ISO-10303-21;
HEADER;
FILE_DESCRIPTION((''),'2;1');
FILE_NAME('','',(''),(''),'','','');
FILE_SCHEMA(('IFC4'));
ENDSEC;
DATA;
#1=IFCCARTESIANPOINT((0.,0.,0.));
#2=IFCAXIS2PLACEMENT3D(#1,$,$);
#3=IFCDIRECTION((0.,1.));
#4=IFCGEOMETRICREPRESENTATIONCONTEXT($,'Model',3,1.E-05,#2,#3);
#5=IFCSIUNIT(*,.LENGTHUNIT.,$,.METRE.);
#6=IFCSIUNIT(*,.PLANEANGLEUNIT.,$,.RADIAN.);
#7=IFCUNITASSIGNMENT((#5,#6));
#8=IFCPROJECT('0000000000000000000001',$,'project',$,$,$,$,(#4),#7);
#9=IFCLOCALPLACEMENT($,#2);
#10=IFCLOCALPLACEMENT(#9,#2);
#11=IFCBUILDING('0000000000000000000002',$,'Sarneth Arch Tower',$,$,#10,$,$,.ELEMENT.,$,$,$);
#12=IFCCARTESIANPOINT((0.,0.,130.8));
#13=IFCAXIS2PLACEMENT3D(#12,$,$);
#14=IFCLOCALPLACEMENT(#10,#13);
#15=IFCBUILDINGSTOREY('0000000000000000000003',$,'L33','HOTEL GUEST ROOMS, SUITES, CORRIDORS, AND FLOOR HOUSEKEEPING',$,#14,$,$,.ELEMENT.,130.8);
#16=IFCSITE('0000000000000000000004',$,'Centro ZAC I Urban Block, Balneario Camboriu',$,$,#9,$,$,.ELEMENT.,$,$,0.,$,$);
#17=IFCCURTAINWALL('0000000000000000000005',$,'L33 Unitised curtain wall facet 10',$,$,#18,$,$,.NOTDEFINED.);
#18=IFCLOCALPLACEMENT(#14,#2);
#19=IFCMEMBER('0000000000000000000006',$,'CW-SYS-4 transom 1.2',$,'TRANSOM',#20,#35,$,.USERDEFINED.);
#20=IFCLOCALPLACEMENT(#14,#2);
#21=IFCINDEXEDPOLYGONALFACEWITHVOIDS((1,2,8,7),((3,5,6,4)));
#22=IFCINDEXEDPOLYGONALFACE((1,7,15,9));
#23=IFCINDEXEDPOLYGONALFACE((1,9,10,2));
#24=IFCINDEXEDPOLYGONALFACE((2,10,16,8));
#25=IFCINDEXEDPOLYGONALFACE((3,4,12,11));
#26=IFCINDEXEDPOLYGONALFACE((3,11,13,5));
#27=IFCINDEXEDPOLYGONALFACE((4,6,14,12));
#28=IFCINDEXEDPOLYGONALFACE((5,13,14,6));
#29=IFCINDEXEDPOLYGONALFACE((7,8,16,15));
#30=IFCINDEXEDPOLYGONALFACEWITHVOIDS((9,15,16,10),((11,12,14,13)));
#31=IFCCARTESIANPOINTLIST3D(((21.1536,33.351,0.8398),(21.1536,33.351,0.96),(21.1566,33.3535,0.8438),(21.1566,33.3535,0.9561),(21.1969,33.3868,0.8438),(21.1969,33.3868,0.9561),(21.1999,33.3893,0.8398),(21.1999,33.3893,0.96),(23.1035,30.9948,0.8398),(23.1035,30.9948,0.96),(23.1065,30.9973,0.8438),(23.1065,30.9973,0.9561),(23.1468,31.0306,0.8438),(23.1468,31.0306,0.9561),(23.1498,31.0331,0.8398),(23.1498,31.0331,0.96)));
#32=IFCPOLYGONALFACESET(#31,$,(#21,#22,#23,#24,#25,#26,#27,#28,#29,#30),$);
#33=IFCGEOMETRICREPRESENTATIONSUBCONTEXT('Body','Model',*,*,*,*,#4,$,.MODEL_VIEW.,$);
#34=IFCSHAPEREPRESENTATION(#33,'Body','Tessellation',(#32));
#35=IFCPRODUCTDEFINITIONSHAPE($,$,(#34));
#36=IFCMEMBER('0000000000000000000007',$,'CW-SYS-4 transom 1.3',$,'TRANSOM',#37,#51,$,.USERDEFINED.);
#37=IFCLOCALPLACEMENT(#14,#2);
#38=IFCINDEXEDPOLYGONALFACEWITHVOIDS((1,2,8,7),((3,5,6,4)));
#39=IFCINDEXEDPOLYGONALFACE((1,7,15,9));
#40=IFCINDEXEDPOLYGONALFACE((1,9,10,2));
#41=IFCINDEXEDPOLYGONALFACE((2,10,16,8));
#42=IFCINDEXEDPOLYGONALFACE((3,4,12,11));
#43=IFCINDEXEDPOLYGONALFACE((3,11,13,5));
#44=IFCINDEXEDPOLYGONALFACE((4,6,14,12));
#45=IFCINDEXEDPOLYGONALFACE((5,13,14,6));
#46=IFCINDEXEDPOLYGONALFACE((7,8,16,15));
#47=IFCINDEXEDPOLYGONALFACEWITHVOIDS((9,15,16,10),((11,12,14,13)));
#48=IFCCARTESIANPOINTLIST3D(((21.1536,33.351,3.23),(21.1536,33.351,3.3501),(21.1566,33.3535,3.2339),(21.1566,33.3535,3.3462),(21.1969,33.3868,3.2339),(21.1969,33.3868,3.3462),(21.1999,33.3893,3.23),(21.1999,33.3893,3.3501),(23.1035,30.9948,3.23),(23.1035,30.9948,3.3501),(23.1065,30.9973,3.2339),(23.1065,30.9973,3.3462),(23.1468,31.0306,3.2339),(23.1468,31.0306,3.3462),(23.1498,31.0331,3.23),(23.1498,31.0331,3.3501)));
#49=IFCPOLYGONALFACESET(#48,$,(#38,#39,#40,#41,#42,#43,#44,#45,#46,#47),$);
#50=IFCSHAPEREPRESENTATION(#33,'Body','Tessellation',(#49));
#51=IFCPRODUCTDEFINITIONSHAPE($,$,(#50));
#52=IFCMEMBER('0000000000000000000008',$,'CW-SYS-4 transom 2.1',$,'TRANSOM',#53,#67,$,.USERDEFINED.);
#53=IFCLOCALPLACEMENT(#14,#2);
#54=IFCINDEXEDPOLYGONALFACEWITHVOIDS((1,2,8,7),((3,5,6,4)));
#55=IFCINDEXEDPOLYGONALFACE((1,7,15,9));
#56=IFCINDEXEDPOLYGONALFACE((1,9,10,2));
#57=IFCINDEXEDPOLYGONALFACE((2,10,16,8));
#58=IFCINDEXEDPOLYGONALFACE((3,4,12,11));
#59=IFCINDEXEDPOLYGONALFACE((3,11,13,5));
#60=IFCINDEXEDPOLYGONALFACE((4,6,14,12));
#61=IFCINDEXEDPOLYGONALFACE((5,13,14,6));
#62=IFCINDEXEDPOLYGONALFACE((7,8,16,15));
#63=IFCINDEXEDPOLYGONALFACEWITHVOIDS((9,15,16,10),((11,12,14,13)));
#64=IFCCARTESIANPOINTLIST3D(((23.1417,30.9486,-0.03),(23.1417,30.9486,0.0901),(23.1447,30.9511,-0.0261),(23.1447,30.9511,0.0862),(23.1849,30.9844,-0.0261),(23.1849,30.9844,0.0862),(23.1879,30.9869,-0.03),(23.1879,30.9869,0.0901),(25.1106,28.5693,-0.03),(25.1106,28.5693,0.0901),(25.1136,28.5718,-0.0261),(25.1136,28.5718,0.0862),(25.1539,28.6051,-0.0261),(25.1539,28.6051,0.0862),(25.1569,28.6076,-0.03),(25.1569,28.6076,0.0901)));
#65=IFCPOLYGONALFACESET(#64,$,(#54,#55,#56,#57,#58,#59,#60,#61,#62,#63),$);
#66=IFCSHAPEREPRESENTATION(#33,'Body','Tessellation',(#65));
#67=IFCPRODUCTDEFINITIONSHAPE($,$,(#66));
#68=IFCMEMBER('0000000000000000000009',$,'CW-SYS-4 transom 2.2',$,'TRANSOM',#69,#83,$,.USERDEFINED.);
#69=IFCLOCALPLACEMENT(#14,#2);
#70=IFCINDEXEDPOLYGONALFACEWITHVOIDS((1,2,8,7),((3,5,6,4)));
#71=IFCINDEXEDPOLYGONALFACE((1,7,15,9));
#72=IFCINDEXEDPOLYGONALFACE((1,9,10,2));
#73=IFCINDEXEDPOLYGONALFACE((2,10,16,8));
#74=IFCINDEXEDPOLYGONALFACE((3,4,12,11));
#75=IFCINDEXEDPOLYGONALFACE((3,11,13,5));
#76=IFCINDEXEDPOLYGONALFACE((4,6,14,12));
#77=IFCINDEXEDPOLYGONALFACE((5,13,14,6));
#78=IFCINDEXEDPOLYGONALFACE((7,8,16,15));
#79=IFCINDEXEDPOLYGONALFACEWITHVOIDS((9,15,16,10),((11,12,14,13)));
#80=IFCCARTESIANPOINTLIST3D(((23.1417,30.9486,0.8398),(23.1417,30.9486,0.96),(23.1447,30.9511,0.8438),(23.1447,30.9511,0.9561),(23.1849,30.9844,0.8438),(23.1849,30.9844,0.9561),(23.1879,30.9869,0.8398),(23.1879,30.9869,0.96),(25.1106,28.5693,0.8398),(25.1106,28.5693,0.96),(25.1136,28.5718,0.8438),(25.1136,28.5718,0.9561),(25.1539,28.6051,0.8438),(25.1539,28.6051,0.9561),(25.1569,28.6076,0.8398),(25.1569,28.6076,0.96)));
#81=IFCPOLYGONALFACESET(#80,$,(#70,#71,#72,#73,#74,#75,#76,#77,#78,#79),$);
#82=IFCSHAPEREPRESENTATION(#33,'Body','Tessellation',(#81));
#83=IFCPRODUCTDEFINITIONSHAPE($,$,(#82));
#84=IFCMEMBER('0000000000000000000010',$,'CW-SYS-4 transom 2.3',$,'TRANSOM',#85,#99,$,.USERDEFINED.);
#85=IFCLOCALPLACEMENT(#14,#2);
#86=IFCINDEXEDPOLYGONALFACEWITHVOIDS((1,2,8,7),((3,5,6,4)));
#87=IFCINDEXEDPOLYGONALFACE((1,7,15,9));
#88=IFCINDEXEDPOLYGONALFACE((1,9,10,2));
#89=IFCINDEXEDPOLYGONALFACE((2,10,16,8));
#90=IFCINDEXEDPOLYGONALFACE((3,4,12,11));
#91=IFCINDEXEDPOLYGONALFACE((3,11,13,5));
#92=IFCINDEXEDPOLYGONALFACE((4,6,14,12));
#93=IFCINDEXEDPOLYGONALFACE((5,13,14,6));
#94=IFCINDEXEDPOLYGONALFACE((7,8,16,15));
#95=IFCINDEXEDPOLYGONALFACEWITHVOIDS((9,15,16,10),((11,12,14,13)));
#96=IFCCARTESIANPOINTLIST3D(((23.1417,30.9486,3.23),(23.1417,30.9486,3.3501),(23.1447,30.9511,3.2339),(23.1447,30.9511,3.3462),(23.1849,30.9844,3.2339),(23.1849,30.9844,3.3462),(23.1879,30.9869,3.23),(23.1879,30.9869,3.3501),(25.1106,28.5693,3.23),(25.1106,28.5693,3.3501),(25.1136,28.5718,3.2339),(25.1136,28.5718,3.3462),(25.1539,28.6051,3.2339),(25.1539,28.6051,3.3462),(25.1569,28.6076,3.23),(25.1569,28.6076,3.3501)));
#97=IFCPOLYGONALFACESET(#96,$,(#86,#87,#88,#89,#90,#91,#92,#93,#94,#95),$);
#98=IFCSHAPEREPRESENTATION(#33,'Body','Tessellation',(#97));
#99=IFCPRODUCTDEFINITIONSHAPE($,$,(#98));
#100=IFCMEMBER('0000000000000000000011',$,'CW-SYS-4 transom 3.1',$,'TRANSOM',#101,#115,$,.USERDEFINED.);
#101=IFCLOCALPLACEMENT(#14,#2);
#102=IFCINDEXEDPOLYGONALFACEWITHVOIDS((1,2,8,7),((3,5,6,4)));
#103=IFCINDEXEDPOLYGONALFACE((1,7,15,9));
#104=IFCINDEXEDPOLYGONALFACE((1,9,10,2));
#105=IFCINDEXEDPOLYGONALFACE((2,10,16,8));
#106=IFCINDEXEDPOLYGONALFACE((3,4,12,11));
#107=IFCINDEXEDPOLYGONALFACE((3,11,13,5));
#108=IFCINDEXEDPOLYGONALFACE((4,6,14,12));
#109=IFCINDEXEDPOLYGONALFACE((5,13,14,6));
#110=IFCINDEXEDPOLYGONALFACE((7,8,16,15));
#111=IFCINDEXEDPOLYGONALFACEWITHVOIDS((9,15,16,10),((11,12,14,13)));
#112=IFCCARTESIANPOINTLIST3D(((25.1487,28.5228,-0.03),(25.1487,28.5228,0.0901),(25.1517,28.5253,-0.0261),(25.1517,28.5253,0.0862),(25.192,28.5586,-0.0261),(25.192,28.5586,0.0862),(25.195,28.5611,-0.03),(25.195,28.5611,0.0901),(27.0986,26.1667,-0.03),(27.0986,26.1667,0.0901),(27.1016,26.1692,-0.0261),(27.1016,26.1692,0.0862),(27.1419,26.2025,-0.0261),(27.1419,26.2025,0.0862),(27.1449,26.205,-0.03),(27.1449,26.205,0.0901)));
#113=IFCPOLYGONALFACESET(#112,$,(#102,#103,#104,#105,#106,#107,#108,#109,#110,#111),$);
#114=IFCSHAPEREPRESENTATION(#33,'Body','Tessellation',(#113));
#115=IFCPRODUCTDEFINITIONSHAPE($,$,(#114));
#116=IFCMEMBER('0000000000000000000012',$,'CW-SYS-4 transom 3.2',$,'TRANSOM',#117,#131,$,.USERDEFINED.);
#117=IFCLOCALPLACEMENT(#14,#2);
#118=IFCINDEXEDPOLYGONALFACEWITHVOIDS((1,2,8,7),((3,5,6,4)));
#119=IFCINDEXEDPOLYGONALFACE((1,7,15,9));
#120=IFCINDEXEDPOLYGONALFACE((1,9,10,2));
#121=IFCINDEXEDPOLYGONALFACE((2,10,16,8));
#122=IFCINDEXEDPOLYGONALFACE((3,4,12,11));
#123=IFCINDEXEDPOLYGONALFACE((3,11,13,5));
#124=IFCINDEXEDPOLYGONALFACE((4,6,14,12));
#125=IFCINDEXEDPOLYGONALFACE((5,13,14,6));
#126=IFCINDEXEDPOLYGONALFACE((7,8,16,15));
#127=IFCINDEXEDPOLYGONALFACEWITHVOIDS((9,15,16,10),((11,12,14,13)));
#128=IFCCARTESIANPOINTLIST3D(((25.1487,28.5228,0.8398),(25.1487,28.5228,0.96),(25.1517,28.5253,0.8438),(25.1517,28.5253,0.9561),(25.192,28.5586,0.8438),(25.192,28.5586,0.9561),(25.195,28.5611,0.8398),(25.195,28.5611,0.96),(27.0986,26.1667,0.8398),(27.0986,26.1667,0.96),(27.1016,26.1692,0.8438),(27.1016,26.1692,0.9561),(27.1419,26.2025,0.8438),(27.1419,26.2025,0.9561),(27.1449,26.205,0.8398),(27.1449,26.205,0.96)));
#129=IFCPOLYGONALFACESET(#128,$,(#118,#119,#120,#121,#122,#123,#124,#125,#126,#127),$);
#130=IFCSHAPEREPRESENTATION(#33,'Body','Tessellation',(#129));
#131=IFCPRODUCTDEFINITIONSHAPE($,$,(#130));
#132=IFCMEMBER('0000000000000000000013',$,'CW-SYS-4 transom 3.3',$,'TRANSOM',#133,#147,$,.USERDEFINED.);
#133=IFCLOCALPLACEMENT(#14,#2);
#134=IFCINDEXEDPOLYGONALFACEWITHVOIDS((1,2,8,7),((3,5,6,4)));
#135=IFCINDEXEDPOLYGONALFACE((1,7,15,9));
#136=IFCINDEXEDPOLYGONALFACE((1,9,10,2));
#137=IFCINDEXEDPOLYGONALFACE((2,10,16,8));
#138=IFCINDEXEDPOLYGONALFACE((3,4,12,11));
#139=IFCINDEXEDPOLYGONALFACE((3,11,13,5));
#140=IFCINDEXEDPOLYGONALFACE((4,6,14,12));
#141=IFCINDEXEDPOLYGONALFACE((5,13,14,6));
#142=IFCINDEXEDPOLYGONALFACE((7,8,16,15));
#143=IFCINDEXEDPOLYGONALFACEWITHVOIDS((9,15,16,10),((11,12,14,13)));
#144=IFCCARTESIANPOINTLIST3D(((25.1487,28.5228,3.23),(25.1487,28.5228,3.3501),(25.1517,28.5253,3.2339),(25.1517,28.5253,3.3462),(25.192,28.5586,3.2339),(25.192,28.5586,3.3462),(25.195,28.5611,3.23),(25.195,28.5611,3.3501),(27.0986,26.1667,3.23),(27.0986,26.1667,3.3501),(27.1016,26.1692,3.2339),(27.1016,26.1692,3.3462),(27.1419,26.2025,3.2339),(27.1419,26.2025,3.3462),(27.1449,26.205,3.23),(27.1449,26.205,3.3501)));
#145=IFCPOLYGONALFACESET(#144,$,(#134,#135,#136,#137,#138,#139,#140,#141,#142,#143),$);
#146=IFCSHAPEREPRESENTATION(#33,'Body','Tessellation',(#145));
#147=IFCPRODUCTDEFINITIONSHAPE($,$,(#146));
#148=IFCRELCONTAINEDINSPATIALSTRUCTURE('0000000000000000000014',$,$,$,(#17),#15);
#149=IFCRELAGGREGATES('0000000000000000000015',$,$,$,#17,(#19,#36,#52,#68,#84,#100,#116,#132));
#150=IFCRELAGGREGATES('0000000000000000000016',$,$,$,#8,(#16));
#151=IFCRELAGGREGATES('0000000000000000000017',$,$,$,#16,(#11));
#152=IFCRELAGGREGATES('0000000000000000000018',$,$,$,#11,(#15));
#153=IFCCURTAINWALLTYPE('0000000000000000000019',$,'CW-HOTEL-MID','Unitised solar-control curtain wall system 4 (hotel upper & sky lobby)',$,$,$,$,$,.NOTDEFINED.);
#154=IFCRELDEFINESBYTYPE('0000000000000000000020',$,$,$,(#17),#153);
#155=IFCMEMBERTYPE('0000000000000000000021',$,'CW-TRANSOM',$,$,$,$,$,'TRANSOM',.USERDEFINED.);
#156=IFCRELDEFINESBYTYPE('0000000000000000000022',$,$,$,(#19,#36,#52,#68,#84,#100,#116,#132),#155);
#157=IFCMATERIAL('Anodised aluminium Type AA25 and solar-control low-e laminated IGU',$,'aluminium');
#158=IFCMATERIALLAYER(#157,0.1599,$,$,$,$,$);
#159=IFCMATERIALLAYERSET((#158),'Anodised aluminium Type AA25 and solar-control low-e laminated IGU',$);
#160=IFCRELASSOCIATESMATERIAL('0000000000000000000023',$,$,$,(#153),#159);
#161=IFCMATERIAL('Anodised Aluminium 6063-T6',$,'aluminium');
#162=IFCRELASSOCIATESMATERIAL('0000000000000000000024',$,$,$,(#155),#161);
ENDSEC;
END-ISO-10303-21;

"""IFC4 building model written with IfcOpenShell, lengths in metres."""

from ifc_helpers import new_model, si_unit, direction, frame, origin, origin_2d, place, context, subcontext, project, spatial, hollow_rectangle, extrude, material, layer, layer_set, material_profile, profile_set, type_object, element, aggregate, save


model = new_model("IFC4")

# Units and contexts
model_context = context("Model", 3, precision=1e-05, world=origin(), true_north=direction((0.0, 1.0)))
body_context = subcontext(model_context, "Body", "Model", "MODEL_VIEW")
ifc_project = project(units=[si_unit("LENGTHUNIT", "METRE"), si_unit("PLANEANGLEUNIT", "RADIAN")], contexts=[model_context])

# Site, building, storey
site_placement = place(None, origin())
site = spatial("IfcSite", under=ifc_project, at=site_placement, Name="Centro ZAC I Urban Block, Balneario Camboriu", CompositionType="ELEMENT", RefElevation=0.0)
building_placement = place(site_placement, origin())
building = spatial("IfcBuilding", under=site, at=building_placement, Name="Sarneth Arch Tower", CompositionType="ELEMENT")
storey_placement = place(building_placement, frame((0.0, 0.0, 130.8)))
storey = spatial("IfcBuildingStorey", under=building, at=storey_placement, Name="L33", Description="HOTEL GUEST ROOMS, SUITES, CORRIDORS, AND FLOOR HOUSEKEEPING", CompositionType="ELEMENT", Elevation=130.8)

# Curtain wall, members
ifc_material_1 = material(Name="Anodised aluminium Type AA25 and solar-control low-e laminated IGU", Category="aluminium")
ifc_layer_1 = layer(ifc_material_1, 0.1599)
ifc_layer_set_1 = layer_set([ifc_layer_1], Name="Anodised aluminium Type AA25 and solar-control low-e laminated IGU")
curtain_wall_type = type_object("IfcCurtainWallType", Name="CW-HOTEL-MID", Description="Unitised solar-control curtain wall system 4 (hotel upper & sky lobby)", PredefinedType="NOTDEFINED", material=ifc_layer_set_1)
curtain_wall_placement = place(storey_placement, origin())
curtain_wall = element("IfcCurtainWall", 1, at=curtain_wall_placement, inside=storey, type_object=curtain_wall_type, Name="L33 Unitised curtain wall facet 10", PredefinedType="NOTDEFINED")
ifc_material_2 = material(Name="Anodised Aluminium 6063-T6", Category="aluminium")
ifc_material_profile_1 = material_profile(ifc_material_2, hollow_rectangle(XDim=0.0601, YDim=0.1201, WallThickness=0.0039, at=origin_2d()), Name="AL-TRAN-120x60x4")
ifc_profile_set_1 = profile_set([ifc_material_profile_1], Name="Anodised Aluminium 6063-T6")
member_type_1 = type_object("IfcMemberType", Name="CW-TRANSOM", ElementType="TRANSOM", PredefinedType="USERDEFINED", material=ifc_profile_set_1)
member_1_placement = place(storey_placement, frame((21.1768, 33.3701, 0.8999), z_axis=(0.637566, -0.770396, 0.0), x_axis=(0.770396, 0.637566, 0.0)))
member_1 = element("IfcMember", 2, at=member_1_placement, type_object=member_type_1, Name="CW-SYS-4 transom 1.2", ObjectType="TRANSOM", PredefinedType="USERDEFINED", context=body_context, shape_type="SweptSolid", body=[
    extrude(hollow_rectangle(XDim=0.0601, YDim=0.1201, WallThickness=0.0039, at=origin_2d()), origin(), (0.0, 0.0, 1.0), 3.0583),
])
member_2_placement = place(storey_placement, frame((21.1768, 33.3701, 3.29), z_axis=(0.637566, -0.770396, 0.0), x_axis=(0.770396, 0.637566, 0.0)))
member_2 = element("IfcMember", 3, at=member_2_placement, type_object=member_type_1, Name="CW-SYS-4 transom 1.3", ObjectType="TRANSOM", PredefinedType="USERDEFINED", context=body_context, shape_type="SweptSolid", body=[
    extrude(hollow_rectangle(XDim=0.0601, YDim=0.1201, WallThickness=0.0039, at=origin_2d()), origin(), (0.0, 0.0, 1.0), 3.0583),
])
member_3_placement = place(storey_placement, frame((23.1648, 30.9678, 0.03), z_axis=(0.637537, -0.77042, 0.0), x_axis=(0.77042, 0.637537, 0.0)))
member_3 = element("IfcMember", 4, at=member_3_placement, type_object=member_type_1, Name="CW-SYS-4 transom 2.1", ObjectType="TRANSOM", PredefinedType="USERDEFINED", context=body_context, shape_type="SweptSolid", body=[
    extrude(hollow_rectangle(XDim=0.0601, YDim=0.1201, WallThickness=0.0039, at=origin_2d()), origin(), (0.0, 0.0, 1.0), 3.0884),
])
member_4_placement = place(storey_placement, frame((23.1648, 30.9678, 0.8999), z_axis=(0.637537, -0.77042, 0.0), x_axis=(0.77042, 0.637537, 0.0)))
member_4 = element("IfcMember", 5, at=member_4_placement, type_object=member_type_1, Name="CW-SYS-4 transom 2.2", ObjectType="TRANSOM", PredefinedType="USERDEFINED", context=body_context, shape_type="SweptSolid", body=[
    extrude(hollow_rectangle(XDim=0.0601, YDim=0.1201, WallThickness=0.0039, at=origin_2d()), origin(), (0.0, 0.0, 1.0), 3.0884),
])
member_5_placement = place(storey_placement, frame((23.1648, 30.9678, 3.29), z_axis=(0.637537, -0.77042, 0.0), x_axis=(0.77042, 0.637537, 0.0)))
member_5 = element("IfcMember", 6, at=member_5_placement, type_object=member_type_1, Name="CW-SYS-4 transom 2.3", ObjectType="TRANSOM", PredefinedType="USERDEFINED", context=body_context, shape_type="SweptSolid", body=[
    extrude(hollow_rectangle(XDim=0.0601, YDim=0.1201, WallThickness=0.0039, at=origin_2d()), origin(), (0.0, 0.0, 1.0), 3.0884),
])
member_6_placement = place(storey_placement, frame((25.1719, 28.542, 0.03), z_axis=(0.637566, -0.770396, 0.0), x_axis=(0.770396, 0.637566, 0.0)))
member_6 = element("IfcMember", 7, at=member_6_placement, type_object=member_type_1, Name="CW-SYS-4 transom 3.1", ObjectType="TRANSOM", PredefinedType="USERDEFINED", context=body_context, shape_type="SweptSolid", body=[
    extrude(hollow_rectangle(XDim=0.0601, YDim=0.1201, WallThickness=0.0039, at=origin_2d()), origin(), (0.0, 0.0, 1.0), 3.0583),
])
member_7_placement = place(storey_placement, frame((25.1719, 28.542, 0.8999), z_axis=(0.637566, -0.770396, 0.0), x_axis=(0.770396, 0.637566, 0.0)))
member_7 = element("IfcMember", 8, at=member_7_placement, type_object=member_type_1, Name="CW-SYS-4 transom 3.2", ObjectType="TRANSOM", PredefinedType="USERDEFINED", context=body_context, shape_type="SweptSolid", body=[
    extrude(hollow_rectangle(XDim=0.0601, YDim=0.1201, WallThickness=0.0039, at=origin_2d()), origin(), (0.0, 0.0, 1.0), 3.0583),
])
member_8_placement = place(storey_placement, frame((25.1719, 28.542, 3.29), z_axis=(0.637566, -0.770396, 0.0), x_axis=(0.770396, 0.637566, 0.0)))
member_8 = element("IfcMember", 9, at=member_8_placement, type_object=member_type_1, Name="CW-SYS-4 transom 3.3", ObjectType="TRANSOM", PredefinedType="USERDEFINED", context=body_context, shape_type="SweptSolid", body=[
    extrude(hollow_rectangle(XDim=0.0601, YDim=0.1201, WallThickness=0.0039, at=origin_2d()), origin(), (0.0, 0.0, 1.0), 3.0583),
])

aggregate(curtain_wall, [member_1, member_2, member_3, member_4, member_5, member_6, member_7, member_8])

save(model, "model.ifc")
